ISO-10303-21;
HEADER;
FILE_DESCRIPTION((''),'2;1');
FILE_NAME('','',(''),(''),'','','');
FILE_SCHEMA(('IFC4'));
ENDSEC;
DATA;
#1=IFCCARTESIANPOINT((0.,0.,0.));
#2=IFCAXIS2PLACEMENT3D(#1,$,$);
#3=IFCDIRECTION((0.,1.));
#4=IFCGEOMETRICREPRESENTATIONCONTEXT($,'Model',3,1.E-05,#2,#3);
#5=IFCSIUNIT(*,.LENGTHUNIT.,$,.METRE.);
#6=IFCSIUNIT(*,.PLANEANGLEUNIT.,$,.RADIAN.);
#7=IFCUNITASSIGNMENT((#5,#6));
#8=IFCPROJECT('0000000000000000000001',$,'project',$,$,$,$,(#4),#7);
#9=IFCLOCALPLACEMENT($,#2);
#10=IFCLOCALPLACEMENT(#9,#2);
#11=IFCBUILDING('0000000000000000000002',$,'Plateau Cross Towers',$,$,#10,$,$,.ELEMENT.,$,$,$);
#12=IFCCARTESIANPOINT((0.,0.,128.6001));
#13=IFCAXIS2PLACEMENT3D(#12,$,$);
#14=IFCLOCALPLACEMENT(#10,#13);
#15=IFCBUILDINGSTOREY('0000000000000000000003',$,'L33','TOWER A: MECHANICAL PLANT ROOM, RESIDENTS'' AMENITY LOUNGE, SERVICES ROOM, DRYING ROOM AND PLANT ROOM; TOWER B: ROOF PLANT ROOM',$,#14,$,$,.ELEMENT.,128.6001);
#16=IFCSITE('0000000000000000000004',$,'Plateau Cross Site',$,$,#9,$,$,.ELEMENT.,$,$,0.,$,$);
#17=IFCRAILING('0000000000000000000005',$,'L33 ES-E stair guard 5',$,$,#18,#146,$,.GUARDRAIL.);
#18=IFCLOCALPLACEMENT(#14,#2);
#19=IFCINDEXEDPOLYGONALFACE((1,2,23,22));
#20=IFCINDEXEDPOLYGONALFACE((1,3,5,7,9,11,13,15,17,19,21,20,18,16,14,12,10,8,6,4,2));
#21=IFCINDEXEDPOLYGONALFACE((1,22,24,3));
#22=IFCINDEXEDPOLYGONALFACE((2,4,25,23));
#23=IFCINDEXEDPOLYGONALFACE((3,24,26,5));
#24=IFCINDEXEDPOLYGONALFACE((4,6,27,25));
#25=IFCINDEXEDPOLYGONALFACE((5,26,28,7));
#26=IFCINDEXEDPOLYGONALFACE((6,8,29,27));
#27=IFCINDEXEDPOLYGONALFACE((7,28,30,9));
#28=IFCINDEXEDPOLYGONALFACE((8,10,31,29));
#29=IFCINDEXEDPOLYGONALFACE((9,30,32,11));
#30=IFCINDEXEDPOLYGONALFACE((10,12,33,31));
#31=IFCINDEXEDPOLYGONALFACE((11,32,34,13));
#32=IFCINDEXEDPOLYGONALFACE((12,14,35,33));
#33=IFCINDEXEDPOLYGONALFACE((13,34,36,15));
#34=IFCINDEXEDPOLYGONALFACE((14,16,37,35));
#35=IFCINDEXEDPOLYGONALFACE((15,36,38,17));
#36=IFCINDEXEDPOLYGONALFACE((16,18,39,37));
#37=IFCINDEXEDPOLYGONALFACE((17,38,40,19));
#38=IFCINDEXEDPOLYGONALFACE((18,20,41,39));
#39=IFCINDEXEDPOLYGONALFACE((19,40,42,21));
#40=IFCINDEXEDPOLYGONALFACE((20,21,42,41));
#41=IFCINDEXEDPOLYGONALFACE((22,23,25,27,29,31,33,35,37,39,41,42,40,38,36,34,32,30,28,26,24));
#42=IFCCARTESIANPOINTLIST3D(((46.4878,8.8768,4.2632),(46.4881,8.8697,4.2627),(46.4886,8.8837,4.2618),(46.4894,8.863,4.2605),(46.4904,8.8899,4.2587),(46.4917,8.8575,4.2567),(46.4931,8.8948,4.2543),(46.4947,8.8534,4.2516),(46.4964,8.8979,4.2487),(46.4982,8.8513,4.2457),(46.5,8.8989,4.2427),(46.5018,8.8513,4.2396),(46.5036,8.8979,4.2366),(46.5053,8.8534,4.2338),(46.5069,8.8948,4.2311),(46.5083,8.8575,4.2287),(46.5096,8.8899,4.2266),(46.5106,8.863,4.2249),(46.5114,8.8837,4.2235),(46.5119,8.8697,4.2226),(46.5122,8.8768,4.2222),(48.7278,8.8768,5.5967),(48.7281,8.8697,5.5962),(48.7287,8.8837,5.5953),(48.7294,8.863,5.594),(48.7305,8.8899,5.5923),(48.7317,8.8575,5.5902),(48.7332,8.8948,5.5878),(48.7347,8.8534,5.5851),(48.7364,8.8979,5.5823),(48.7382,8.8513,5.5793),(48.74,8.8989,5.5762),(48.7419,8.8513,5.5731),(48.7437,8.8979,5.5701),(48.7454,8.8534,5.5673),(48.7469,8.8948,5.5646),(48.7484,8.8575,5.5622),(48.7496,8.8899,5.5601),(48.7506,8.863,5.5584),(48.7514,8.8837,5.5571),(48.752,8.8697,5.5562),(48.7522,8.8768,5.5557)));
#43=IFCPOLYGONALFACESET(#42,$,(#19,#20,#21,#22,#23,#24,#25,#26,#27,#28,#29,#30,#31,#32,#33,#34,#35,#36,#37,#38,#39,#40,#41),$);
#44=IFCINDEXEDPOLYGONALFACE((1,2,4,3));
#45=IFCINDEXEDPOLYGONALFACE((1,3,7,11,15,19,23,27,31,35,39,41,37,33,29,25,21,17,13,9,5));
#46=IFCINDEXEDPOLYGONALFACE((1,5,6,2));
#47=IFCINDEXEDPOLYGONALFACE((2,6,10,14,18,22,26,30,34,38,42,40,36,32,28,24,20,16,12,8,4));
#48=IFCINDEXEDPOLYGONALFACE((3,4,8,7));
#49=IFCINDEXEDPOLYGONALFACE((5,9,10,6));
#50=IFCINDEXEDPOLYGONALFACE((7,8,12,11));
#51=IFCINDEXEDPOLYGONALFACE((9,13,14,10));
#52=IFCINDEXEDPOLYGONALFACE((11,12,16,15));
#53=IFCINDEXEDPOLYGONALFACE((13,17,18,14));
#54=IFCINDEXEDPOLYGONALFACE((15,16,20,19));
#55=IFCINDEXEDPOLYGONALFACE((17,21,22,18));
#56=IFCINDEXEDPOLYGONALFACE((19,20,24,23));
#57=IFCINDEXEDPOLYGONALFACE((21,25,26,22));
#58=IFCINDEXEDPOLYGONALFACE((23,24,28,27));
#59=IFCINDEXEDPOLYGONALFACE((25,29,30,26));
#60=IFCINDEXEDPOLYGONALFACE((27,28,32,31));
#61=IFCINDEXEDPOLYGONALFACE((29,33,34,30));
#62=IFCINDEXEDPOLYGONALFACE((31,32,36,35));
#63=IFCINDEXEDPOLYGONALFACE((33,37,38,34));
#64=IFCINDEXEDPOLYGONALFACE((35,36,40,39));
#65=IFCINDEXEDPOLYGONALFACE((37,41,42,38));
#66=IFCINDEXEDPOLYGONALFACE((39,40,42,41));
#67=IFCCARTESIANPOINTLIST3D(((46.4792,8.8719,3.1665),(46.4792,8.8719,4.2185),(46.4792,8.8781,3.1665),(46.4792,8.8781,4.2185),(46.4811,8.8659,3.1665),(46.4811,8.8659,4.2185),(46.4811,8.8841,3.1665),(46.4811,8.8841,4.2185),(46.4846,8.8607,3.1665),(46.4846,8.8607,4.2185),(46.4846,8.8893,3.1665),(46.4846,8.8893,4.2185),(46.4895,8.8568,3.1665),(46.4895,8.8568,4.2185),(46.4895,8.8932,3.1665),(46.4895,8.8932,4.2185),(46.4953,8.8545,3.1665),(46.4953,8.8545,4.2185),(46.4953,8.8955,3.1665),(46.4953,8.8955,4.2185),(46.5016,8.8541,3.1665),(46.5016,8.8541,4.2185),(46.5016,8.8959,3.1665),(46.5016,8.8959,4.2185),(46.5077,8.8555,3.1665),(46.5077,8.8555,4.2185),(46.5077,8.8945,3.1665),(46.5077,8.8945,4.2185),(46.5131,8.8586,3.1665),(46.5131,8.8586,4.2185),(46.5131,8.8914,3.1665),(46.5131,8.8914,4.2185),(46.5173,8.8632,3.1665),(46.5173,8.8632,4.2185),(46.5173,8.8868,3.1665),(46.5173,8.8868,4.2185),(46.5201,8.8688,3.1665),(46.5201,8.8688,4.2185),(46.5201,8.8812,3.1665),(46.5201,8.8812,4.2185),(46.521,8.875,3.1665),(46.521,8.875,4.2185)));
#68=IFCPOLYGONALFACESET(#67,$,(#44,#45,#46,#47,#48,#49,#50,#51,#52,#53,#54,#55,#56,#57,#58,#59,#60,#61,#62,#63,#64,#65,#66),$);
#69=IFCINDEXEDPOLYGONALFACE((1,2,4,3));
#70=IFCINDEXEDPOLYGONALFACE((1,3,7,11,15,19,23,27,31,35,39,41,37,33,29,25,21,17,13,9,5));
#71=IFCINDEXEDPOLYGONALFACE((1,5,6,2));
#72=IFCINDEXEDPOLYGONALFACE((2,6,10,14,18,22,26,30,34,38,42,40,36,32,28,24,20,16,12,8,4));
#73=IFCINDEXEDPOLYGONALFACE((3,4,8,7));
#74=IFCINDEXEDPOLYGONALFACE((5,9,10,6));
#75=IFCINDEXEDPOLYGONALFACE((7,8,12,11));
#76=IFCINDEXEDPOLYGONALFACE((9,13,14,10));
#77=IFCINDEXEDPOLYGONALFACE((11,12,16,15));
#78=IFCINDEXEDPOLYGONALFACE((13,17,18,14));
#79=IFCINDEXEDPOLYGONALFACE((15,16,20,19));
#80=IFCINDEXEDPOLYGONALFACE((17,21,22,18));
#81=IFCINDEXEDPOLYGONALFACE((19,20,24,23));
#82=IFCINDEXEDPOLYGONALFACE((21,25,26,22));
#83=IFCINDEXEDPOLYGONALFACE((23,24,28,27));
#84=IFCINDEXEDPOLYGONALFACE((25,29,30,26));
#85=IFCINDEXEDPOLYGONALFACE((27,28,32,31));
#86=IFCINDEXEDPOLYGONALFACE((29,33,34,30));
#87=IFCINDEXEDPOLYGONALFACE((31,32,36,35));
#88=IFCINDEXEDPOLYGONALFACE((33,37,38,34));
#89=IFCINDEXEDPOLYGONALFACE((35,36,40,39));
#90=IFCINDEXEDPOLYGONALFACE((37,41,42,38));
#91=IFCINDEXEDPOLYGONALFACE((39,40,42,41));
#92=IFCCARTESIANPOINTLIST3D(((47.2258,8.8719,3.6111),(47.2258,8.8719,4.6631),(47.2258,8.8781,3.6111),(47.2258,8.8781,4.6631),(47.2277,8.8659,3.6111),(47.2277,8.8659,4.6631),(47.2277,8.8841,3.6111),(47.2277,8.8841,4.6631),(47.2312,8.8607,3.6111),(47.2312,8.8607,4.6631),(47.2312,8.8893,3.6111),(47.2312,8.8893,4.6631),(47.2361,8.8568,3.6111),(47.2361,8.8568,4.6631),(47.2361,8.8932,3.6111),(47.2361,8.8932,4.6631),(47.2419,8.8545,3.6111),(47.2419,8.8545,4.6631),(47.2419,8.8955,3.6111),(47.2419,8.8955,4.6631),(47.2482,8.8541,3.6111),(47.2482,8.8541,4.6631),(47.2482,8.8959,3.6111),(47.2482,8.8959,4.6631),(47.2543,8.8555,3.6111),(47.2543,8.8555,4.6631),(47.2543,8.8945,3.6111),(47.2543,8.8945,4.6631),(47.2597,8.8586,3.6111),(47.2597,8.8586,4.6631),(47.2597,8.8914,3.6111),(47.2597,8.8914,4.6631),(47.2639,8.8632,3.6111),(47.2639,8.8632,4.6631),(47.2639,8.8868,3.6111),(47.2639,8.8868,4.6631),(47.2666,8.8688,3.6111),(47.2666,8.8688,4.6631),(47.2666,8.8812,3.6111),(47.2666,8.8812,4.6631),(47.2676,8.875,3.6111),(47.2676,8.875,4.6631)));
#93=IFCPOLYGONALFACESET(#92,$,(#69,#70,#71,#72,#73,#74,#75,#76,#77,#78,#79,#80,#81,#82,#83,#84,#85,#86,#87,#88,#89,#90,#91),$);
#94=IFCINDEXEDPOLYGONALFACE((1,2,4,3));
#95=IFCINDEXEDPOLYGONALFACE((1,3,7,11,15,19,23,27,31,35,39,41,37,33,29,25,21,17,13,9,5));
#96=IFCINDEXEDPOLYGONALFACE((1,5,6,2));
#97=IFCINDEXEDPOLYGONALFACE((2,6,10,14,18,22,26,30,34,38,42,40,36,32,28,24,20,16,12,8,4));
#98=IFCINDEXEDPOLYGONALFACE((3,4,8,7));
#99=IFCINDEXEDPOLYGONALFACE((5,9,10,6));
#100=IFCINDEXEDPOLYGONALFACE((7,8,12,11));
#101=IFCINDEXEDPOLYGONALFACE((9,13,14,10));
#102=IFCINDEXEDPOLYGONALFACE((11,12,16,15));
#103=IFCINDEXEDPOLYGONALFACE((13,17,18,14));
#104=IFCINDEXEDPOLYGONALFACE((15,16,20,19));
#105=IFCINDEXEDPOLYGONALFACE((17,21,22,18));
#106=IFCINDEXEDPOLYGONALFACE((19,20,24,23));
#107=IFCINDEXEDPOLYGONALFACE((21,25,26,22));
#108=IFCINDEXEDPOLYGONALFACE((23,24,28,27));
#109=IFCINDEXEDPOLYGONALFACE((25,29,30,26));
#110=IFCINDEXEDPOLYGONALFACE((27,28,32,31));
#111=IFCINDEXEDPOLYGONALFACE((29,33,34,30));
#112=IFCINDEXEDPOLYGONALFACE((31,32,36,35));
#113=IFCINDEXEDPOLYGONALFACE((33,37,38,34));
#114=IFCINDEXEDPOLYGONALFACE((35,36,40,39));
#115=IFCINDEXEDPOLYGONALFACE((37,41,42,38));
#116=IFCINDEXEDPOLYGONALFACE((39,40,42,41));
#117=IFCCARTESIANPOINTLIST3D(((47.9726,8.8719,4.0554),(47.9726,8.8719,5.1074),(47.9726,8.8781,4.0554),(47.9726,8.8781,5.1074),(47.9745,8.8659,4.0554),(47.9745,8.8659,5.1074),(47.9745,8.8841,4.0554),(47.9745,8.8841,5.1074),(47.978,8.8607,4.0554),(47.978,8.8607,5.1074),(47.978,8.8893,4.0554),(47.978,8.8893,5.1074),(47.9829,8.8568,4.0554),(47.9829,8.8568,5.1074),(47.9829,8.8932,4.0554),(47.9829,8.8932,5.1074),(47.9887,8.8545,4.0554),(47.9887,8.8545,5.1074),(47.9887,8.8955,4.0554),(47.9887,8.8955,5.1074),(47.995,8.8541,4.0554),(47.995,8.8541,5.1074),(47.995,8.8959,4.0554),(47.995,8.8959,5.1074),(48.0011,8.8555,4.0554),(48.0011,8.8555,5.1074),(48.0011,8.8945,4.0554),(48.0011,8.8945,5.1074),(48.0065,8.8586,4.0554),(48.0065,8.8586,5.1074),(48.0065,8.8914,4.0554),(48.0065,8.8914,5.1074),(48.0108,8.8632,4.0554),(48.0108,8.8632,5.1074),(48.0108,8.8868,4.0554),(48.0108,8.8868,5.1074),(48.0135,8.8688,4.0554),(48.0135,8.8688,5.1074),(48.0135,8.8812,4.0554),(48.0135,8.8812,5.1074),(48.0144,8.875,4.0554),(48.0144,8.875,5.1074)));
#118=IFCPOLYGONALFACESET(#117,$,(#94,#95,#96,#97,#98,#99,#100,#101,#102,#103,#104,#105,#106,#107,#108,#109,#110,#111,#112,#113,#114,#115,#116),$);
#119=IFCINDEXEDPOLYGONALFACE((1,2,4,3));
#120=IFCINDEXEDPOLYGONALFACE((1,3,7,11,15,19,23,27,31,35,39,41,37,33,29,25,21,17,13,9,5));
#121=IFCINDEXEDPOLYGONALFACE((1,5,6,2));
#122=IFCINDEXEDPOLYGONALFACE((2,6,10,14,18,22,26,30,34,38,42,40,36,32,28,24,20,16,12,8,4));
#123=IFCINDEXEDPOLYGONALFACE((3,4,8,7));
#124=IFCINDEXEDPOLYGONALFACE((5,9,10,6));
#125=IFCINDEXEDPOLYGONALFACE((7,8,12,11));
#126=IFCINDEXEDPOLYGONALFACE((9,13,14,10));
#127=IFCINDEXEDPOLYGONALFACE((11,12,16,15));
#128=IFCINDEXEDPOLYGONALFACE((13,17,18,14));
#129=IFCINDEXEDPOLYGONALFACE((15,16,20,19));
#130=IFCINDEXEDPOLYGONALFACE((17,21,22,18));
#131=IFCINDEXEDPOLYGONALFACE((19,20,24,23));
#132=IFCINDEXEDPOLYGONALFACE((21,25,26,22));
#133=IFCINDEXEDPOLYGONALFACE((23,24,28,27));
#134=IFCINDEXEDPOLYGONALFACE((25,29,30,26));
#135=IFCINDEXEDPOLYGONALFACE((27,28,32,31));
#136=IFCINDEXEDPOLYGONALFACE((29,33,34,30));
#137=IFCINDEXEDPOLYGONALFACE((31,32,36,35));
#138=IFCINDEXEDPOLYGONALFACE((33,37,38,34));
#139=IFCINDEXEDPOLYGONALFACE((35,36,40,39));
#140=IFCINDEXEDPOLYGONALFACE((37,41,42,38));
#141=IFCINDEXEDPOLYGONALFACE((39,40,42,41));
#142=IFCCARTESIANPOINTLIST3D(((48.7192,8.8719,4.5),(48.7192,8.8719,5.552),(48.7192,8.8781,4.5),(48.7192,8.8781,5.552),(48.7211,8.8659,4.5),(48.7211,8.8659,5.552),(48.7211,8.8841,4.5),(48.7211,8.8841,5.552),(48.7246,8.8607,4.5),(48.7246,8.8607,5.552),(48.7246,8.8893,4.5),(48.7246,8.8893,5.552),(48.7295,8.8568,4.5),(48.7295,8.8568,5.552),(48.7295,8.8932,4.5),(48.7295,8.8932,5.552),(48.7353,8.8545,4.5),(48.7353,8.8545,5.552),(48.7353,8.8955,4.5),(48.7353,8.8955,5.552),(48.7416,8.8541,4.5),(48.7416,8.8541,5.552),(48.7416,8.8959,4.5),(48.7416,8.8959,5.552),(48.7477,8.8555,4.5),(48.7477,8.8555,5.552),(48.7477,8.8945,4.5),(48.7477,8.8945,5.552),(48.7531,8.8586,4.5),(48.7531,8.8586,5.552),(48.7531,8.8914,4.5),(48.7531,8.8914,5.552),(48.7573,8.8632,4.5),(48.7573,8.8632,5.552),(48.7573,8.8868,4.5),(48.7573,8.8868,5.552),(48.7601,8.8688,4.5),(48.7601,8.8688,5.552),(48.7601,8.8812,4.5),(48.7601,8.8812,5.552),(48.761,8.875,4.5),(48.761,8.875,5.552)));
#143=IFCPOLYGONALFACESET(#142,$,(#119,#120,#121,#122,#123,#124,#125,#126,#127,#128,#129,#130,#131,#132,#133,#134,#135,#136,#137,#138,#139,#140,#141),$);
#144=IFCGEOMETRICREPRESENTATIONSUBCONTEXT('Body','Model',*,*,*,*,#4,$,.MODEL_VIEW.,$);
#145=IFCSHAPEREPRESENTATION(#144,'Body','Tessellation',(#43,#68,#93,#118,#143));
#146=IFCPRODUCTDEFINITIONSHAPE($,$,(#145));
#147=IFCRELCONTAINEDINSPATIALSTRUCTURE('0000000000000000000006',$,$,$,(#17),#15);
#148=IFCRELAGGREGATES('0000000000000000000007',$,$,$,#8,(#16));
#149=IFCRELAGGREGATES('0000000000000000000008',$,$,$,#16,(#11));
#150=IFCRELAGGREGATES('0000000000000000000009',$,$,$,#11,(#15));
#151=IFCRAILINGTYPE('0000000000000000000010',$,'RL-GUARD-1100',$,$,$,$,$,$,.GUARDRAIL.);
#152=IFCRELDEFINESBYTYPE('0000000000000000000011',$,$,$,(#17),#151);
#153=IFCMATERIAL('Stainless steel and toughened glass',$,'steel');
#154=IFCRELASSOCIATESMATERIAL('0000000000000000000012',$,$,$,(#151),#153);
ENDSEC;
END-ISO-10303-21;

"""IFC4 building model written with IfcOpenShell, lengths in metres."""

from ifc_helpers import new_model, si_unit, direction, frame, origin, origin_2d, place, context, subcontext, project, spatial, circle, extrude, material, type_object, element, save


model = new_model("IFC4")

# Units and contexts
model_context = context("Model", 3, precision=1e-05, world=origin(), true_north=direction((0.0, 1.0)))
body_context = subcontext(model_context, "Body", "Model", "MODEL_VIEW")
ifc_project = project(units=[si_unit("LENGTHUNIT", "METRE"), si_unit("PLANEANGLEUNIT", "RADIAN")], contexts=[model_context])

# Site, building, storey
site_placement = place(None, origin())
site = spatial("IfcSite", under=ifc_project, at=site_placement, Name="Plateau Cross Site", CompositionType="ELEMENT", RefElevation=0.0)
building_placement = place(site_placement, origin())
building = spatial("IfcBuilding", under=site, at=building_placement, Name="Plateau Cross Towers", CompositionType="ELEMENT")
storey_placement = place(building_placement, frame((0.0, 0.0, 128.6001)))
storey = spatial("IfcBuildingStorey", under=building, at=storey_placement, Name="L33", Description="TOWER A: MECHANICAL PLANT ROOM, RESIDENTS' AMENITY LOUNGE, SERVICES ROOM, DRYING ROOM AND PLANT ROOM; TOWER B: ROOF PLANT ROOM", CompositionType="ELEMENT", Elevation=128.6001)

# Railing
ifc_material_1 = material(Name="Stainless steel and toughened glass", Category="steel")
railing_type_1 = type_object("IfcRailingType", Name="RL-GUARD-1100", PredefinedType="GUARDRAIL", material=ifc_material_1)
railing_1_placement = place(storey_placement, frame((46.5, 8.875, 3.1665)))
element("IfcRailing", 1, at=railing_1_placement, inside=storey, type_object=railing_type_1, Name="L33 ES-E stair guard 5", PredefinedType="GUARDRAIL", context=body_context, shape_type="SweptSolid", body=[
    extrude(circle(Radius=0.0239, at=origin_2d()), frame((0.0, 0.0, 1.0762), z_axis=(0.859264, 0.0, 0.511532), x_axis=(0.0, 1.0, 0.0)), (0.0, 0.0, 1.0), 2.6069),
    extrude(circle(Radius=0.021, at=origin_2d()), origin(), (0.0, 0.0, 1.0), 1.052),
    extrude(circle(Radius=0.021, at=origin_2d()), frame((0.7466, 0.0, 0.4446)), (0.0, 0.0, 1.0), 1.052),
    extrude(circle(Radius=0.021, at=origin_2d()), frame((1.4934, 0.0, 0.8889)), (0.0, 0.0, 1.0), 1.052),
    extrude(circle(Radius=0.021, at=origin_2d()), frame((2.24, 0.0, 1.3335)), (0.0, 0.0, 1.0), 1.052),
])

save(model, "model.ifc")
